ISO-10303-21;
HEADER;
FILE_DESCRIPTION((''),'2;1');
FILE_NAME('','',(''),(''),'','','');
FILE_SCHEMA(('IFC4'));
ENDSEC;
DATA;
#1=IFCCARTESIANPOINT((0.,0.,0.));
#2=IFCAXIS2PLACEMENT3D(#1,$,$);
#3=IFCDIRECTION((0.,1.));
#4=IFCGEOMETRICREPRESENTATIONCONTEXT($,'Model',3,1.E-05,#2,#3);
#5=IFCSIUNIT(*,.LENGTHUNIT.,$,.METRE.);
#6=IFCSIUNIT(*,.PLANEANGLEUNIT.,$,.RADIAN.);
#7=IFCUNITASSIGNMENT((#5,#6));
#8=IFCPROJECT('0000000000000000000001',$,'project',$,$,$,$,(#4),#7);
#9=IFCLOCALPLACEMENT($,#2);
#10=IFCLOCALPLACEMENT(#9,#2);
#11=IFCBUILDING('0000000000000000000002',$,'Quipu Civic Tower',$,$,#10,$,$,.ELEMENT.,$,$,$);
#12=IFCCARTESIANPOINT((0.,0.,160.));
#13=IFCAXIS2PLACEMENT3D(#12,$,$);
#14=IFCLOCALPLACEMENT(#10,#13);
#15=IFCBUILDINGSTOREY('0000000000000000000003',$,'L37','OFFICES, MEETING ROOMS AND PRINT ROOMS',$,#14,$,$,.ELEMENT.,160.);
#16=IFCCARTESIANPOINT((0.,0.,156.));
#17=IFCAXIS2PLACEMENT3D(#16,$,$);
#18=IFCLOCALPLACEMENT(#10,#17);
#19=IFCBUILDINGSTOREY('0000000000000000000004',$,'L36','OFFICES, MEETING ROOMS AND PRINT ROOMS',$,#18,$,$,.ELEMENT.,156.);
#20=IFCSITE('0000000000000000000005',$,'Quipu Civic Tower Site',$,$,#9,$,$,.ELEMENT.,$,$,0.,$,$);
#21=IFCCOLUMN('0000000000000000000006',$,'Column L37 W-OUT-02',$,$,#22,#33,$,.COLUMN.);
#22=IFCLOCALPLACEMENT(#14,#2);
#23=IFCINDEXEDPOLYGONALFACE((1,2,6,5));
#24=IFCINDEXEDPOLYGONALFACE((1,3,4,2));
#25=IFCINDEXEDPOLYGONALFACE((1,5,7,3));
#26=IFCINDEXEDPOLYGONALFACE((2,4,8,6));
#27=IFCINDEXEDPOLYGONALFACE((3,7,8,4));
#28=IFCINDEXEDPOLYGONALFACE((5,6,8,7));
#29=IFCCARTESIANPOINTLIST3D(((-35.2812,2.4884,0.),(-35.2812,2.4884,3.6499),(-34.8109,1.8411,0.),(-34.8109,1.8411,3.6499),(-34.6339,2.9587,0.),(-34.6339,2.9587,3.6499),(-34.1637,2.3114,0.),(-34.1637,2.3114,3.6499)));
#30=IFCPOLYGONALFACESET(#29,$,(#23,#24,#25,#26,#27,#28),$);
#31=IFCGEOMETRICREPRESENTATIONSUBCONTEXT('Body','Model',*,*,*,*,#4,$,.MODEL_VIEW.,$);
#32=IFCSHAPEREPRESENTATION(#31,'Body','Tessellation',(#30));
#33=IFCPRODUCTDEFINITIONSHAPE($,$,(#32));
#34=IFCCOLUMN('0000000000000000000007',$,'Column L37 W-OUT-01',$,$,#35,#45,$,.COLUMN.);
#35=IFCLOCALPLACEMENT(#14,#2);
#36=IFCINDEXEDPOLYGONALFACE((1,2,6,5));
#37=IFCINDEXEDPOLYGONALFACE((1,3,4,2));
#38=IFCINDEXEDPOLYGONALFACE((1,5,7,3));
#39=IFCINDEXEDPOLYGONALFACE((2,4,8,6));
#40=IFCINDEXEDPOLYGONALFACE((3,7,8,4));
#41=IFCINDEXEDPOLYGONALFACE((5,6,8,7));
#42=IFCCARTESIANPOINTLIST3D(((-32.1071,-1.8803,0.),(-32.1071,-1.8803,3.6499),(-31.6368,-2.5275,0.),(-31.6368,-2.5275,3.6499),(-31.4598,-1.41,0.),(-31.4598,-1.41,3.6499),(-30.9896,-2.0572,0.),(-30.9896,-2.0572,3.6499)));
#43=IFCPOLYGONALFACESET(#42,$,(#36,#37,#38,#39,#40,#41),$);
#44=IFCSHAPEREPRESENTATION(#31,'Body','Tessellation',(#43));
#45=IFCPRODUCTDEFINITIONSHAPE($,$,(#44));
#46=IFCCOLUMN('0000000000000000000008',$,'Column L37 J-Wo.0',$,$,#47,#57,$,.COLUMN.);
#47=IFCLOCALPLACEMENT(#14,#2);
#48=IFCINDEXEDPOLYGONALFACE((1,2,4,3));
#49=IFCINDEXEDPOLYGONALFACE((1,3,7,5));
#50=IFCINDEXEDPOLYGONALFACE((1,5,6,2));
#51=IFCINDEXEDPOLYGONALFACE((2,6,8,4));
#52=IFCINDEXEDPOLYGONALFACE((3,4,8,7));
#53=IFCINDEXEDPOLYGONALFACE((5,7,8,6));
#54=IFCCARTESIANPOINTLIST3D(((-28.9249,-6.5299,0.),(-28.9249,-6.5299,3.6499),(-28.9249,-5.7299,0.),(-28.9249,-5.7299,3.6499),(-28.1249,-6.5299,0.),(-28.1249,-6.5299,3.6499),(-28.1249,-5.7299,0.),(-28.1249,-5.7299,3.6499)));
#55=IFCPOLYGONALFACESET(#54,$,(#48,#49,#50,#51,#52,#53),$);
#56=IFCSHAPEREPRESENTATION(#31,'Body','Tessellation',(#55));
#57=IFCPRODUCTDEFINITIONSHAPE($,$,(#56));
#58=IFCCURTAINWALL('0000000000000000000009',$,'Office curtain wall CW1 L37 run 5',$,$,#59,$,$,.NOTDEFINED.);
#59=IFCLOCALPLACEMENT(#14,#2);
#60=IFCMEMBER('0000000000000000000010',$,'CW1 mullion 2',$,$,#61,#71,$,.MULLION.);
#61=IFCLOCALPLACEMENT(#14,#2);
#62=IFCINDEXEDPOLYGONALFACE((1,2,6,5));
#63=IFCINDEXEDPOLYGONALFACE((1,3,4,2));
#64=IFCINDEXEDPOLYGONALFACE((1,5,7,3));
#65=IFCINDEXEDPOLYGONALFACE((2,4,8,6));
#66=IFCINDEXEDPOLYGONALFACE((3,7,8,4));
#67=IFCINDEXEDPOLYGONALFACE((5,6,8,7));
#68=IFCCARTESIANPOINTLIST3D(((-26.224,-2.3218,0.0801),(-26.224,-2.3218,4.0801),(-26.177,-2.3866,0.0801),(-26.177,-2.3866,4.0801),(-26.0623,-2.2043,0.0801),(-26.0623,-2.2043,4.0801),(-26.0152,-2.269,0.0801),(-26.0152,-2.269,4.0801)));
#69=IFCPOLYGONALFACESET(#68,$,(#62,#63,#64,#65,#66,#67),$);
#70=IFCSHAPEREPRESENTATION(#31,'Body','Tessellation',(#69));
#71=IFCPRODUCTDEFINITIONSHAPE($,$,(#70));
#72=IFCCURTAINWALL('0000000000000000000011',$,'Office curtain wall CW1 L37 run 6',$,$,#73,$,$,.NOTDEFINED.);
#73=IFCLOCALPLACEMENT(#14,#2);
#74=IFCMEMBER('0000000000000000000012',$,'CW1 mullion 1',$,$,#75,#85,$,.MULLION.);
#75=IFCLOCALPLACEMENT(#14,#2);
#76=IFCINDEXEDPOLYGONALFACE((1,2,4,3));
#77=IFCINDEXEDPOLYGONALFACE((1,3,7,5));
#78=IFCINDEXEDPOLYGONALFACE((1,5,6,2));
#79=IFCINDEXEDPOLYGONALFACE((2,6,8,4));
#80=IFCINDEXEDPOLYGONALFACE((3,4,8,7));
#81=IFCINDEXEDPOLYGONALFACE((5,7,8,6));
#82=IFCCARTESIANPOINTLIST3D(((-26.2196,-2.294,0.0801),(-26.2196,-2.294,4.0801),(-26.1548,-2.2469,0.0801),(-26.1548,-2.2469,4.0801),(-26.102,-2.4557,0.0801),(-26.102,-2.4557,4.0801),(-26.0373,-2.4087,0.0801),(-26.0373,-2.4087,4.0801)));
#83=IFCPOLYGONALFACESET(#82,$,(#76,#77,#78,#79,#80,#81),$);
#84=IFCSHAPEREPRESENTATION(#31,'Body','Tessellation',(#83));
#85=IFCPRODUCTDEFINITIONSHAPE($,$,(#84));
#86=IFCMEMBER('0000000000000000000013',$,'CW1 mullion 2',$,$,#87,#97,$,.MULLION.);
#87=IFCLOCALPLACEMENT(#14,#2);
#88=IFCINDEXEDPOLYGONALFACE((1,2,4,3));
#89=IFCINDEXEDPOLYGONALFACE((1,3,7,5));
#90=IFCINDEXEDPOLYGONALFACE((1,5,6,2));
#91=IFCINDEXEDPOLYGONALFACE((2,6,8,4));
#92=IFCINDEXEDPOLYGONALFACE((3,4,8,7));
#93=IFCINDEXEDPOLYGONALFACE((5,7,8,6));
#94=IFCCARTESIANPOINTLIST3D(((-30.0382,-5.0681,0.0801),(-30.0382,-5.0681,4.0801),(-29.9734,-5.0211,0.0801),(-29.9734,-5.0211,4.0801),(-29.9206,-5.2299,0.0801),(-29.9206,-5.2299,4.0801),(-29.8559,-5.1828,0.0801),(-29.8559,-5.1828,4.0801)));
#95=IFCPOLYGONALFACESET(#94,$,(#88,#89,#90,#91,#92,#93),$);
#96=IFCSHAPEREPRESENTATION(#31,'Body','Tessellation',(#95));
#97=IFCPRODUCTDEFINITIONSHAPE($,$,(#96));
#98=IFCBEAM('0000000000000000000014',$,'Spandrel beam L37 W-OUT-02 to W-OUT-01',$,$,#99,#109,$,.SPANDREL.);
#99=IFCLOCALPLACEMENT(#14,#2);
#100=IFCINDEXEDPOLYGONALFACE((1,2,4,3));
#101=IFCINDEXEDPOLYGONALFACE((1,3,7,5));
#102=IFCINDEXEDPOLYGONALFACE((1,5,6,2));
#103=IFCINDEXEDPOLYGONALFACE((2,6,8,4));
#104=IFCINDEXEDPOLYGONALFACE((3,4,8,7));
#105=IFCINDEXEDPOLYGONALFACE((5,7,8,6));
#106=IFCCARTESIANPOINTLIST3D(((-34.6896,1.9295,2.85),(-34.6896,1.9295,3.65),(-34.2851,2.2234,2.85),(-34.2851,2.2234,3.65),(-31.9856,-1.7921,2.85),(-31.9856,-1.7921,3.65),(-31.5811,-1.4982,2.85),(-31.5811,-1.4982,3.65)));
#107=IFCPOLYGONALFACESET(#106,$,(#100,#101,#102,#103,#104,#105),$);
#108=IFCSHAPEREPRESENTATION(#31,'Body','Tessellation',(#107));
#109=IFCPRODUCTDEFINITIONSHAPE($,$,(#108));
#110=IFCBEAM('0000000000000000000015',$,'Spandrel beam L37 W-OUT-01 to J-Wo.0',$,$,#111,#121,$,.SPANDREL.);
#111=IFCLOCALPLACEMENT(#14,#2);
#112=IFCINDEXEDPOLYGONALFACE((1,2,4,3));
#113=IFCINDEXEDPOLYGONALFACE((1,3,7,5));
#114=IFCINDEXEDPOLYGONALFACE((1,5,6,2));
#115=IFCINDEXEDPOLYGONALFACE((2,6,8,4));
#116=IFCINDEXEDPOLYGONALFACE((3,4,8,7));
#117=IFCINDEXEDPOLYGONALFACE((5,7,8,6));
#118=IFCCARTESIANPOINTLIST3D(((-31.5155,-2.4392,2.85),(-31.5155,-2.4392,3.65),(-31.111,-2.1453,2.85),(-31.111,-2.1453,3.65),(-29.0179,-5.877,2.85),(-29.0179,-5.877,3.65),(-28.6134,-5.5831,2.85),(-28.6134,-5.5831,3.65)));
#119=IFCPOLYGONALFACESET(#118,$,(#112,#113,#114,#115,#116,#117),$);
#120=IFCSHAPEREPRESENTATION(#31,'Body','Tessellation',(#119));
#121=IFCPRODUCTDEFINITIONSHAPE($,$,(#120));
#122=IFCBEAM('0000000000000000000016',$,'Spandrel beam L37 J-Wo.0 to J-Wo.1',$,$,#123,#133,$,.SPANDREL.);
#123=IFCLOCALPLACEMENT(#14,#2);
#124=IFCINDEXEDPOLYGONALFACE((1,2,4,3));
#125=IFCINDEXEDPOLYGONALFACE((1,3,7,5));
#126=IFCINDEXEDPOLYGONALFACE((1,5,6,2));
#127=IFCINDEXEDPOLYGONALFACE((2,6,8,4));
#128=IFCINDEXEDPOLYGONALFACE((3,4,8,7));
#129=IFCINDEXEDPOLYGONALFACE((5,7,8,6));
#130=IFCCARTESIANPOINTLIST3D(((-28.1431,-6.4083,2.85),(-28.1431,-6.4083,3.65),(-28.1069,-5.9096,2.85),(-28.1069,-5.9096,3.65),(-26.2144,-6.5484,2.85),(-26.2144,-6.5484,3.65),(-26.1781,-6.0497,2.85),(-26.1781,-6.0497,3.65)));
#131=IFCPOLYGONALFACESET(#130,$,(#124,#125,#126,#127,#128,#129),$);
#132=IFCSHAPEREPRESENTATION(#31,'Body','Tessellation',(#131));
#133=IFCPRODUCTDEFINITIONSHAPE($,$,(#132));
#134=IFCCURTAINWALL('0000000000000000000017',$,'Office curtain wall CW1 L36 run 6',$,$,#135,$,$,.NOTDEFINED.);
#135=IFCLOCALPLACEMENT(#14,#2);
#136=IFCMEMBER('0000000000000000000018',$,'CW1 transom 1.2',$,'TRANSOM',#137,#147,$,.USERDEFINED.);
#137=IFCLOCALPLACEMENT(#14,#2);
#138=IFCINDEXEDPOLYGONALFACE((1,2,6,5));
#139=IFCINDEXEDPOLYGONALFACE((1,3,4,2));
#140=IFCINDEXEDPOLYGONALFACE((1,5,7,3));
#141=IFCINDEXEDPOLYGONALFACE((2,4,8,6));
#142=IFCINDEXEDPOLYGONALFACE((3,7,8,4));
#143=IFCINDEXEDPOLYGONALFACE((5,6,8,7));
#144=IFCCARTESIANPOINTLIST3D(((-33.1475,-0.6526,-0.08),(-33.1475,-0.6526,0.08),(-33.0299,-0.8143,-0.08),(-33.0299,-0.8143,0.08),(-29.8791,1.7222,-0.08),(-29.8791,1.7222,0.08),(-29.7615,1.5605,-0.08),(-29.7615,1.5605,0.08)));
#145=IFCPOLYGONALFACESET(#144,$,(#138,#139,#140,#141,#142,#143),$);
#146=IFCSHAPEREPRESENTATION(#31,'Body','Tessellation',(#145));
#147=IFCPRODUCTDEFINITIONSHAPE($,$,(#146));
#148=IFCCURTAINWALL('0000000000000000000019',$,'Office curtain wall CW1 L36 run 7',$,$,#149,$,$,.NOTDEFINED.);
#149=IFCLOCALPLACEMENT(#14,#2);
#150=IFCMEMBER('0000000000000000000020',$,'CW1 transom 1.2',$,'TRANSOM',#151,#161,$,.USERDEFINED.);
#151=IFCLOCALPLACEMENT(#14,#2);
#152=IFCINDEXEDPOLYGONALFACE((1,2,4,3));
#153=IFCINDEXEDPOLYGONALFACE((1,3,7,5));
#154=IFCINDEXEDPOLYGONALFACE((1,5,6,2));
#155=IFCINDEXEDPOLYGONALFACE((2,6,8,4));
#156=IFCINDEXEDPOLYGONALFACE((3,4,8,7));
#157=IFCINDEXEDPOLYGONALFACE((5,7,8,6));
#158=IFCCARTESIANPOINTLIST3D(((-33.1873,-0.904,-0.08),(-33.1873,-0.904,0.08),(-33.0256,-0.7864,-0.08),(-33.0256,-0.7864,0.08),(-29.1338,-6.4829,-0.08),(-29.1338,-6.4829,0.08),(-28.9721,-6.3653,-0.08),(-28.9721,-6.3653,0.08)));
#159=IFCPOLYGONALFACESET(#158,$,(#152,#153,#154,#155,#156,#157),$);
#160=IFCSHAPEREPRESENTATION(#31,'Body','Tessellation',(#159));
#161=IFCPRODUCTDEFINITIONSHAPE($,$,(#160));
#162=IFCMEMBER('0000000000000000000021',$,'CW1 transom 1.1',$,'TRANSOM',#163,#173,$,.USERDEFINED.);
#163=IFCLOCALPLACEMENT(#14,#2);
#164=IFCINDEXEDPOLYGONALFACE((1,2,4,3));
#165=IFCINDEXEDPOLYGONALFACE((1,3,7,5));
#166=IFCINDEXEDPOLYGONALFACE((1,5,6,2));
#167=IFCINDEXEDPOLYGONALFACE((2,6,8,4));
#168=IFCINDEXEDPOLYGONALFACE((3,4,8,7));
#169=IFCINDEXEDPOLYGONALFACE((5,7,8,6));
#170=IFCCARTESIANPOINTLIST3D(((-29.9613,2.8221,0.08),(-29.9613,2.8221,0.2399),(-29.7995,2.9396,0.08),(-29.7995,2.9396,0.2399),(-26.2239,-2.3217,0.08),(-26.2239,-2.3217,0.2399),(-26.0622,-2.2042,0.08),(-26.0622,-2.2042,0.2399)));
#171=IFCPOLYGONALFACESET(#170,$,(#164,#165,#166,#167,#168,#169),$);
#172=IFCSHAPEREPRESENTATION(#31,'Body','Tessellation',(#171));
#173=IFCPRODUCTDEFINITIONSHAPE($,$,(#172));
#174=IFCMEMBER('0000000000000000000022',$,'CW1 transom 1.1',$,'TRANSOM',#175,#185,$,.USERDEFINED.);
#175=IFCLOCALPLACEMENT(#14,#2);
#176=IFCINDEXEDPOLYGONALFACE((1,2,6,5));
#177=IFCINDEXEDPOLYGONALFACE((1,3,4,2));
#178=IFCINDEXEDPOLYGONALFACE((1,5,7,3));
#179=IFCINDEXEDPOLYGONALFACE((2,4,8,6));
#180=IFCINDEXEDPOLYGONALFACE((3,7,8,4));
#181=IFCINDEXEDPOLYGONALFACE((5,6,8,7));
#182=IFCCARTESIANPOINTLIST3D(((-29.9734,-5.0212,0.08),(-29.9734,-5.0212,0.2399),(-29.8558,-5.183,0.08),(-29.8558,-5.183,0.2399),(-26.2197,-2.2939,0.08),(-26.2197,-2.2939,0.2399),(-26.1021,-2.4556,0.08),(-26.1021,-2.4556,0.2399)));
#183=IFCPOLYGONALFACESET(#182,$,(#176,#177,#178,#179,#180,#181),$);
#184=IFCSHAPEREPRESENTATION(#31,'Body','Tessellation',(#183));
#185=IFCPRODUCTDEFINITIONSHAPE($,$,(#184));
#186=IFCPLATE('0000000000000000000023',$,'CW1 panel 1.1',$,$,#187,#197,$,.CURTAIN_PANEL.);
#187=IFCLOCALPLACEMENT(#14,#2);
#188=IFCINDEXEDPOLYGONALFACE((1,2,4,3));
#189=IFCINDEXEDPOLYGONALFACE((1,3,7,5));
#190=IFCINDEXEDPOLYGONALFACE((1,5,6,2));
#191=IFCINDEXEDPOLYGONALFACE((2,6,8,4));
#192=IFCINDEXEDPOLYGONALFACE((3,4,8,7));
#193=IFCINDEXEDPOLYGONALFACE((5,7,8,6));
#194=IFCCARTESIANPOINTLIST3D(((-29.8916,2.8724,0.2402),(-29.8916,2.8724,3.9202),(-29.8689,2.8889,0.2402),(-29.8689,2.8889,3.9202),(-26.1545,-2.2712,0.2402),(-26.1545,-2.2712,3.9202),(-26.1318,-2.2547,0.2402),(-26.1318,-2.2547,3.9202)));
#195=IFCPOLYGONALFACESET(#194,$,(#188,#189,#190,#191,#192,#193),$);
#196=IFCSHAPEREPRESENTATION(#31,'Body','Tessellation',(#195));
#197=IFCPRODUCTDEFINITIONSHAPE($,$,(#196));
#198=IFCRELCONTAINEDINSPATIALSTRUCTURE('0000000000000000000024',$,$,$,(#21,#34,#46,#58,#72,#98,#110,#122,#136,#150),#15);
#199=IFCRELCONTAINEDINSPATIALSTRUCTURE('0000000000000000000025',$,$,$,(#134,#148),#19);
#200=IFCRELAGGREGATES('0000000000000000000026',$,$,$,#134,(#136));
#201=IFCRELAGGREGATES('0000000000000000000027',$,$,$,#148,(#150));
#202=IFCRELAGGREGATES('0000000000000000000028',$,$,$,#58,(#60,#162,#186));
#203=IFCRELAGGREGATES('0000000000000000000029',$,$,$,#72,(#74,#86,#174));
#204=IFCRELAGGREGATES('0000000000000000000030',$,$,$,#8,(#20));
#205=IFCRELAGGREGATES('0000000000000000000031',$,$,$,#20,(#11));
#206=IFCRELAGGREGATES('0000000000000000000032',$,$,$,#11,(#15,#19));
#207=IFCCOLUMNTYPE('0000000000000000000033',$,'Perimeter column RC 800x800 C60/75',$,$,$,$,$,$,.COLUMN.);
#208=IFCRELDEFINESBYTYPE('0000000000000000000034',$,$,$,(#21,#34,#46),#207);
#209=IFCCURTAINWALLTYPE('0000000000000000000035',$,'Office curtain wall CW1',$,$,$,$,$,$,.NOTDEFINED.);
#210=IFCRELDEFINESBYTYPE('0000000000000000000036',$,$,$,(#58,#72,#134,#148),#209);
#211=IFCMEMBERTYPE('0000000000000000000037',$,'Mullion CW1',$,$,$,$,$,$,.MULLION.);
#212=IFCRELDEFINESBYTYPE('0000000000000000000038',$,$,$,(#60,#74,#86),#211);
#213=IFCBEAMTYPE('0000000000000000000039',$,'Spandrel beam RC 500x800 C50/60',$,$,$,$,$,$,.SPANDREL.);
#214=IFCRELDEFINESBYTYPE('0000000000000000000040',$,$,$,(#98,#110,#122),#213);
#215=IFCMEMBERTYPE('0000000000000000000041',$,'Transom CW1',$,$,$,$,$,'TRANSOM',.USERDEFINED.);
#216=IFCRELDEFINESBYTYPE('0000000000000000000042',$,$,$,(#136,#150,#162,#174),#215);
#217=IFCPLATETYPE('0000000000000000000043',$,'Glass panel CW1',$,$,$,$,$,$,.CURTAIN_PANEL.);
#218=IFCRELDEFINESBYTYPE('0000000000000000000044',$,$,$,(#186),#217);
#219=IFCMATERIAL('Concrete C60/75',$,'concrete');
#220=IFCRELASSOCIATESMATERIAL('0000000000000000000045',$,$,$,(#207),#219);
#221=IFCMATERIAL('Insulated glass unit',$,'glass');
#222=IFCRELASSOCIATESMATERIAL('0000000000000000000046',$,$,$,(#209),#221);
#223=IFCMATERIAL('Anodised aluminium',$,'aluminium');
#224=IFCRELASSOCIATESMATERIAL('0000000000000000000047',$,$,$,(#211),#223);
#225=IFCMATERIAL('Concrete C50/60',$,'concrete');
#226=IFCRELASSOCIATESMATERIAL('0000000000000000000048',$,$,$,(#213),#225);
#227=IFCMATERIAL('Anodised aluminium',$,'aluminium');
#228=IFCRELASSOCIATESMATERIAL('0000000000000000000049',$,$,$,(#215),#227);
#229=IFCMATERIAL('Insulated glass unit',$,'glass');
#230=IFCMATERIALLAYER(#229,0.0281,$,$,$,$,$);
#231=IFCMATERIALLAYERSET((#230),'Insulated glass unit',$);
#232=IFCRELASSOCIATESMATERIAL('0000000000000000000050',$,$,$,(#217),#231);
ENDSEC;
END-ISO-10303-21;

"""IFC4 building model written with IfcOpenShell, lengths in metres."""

from ifc_helpers import new_model, si_unit, direction, frame, origin, origin_2d, place, context, subcontext, project, spatial, rectangle, extrude, material, layer, layer_set, material_profile, profile_set, type_object, element, aggregate, save


model = new_model("IFC4")

# Units and contexts
model_context = context("Model", 3, precision=1e-05, world=origin(), true_north=direction((0.0, 1.0)))
body_context = subcontext(model_context, "Body", "Model", "MODEL_VIEW")
ifc_project = project(units=[si_unit("LENGTHUNIT", "METRE"), si_unit("PLANEANGLEUNIT", "RADIAN")], contexts=[model_context])

# Site, building, storey
site_placement = place(None, origin())
site = spatial("IfcSite", under=ifc_project, at=site_placement, Name="Quipu Civic Tower Site", CompositionType="ELEMENT", RefElevation=0.0)
building_placement = place(site_placement, origin())
building = spatial("IfcBuilding", under=site, at=building_placement, Name="Quipu Civic Tower", CompositionType="ELEMENT")
storey_1_placement = place(building_placement, frame((0.0, 0.0, 160.0)))
storey_1 = spatial("IfcBuildingStorey", under=building, at=storey_1_placement, Name="L37", Description="OFFICES, MEETING ROOMS AND PRINT ROOMS", CompositionType="ELEMENT", Elevation=160.0)

# Columns
ifc_material_1 = material(Name="Concrete C60/75", Category="concrete")
ifc_material_profile_1 = material_profile(ifc_material_1, rectangle(XDim=0.8, YDim=0.8, at=origin_2d()), Name="RC800x800")
ifc_profile_set_1 = profile_set([ifc_material_profile_1], Name="Concrete C60/75")
column_type = type_object("IfcColumnType", Name="Perimeter column RC 800x800 C60/75", PredefinedType="COLUMN", material=ifc_profile_set_1)
for number, where, z_axis, x_axis, name in (
    (1, (-34.7224, 2.3999, 0.0), (0.0, 0.0, 1.0), (0.587785, -0.809017, 0.0), "Column L37 W-OUT-02"),
    (2, (-31.5483, -1.9688, 0.0), (0.0, 0.0, 1.0), (0.587785, -0.809017, 0.0), "Column L37 W-OUT-01"),
    (3, (-28.5249, -6.1299, 0.0), (0.0, 0.0, 1.0), (1.0, 0.0, 0.0), "Column L37 J-Wo.0"),
):
    element("IfcColumn", number, at=place(storey_1_placement, frame(where, z_axis=z_axis, x_axis=x_axis)), inside=storey_1, type_object=column_type, Name=name, PredefinedType="COLUMN", context=body_context, shape_type="SweptSolid", body=[
        extrude(rectangle(XDim=0.8, YDim=0.8, at=origin_2d()), origin(), (0.0, 0.0, 1.0), 3.6499),
    ])

# Curtain wall, member
ifc_material_2 = material(Name="Insulated glass unit", Category="glass")
curtain_wall_type = type_object("IfcCurtainWallType", Name="Office curtain wall CW1", PredefinedType="NOTDEFINED", material=ifc_material_2)
curtain_wall_1_placement = place(storey_1_placement, origin())
curtain_wall_1 = element("IfcCurtainWall", 4, at=curtain_wall_1_placement, inside=storey_1, type_object=curtain_wall_type, Name="Office curtain wall CW1 L37 run 5", PredefinedType="NOTDEFINED")
ifc_material_3 = material(Name="Anodised aluminium", Category="aluminium")
ifc_material_profile_2 = material_profile(ifc_material_3, rectangle(XDim=0.2, YDim=0.0801, at=origin_2d()), Name="RECT 200x80")
ifc_profile_set_2 = profile_set([ifc_material_profile_2], Name="Anodised aluminium")
member_type_1 = type_object("IfcMemberType", Name="Mullion CW1", PredefinedType="MULLION", material=ifc_profile_set_2)
member_1_placement = place(storey_1_placement, frame((-26.1196, -2.2954, 0.0801), z_axis=(0.0, 0.0, 1.0), x_axis=(0.809017, 0.587785, 0.0)))
member_1 = element("IfcMember", 5, at=member_1_placement, type_object=member_type_1, Name="CW1 mullion 2", PredefinedType="MULLION", context=body_context, shape_type="SweptSolid", body=[
    extrude(rectangle(XDim=0.2, YDim=0.0801, at=origin_2d()), origin(), (0.0, 0.0, 1.0), 4.0),
])

# Curtain wall, members
curtain_wall_2_placement = place(storey_1_placement, origin())
curtain_wall_2 = element("IfcCurtainWall", 6, at=curtain_wall_2_placement, inside=storey_1, type_object=curtain_wall_type, Name="Office curtain wall CW1 L37 run 6", PredefinedType="NOTDEFINED")
member_2_placement = place(storey_1_placement, frame((-26.1284, -2.3513, 0.0801), z_axis=(0.0, 0.0, 1.0), x_axis=(0.587798, -0.809008, 0.0)))
member_2 = element("IfcMember", 7, at=member_2_placement, type_object=member_type_1, Name="CW1 mullion 1", PredefinedType="MULLION", context=body_context, shape_type="SweptSolid", body=[
    extrude(rectangle(XDim=0.2, YDim=0.0801, at=origin_2d()), origin(), (0.0, 0.0, 1.0), 4.0),
])
member_3_placement = place(storey_1_placement, frame((-29.947, -5.1255, 0.0801), z_axis=(0.0, 0.0, 1.0), x_axis=(0.587798, -0.809008, 0.0)))
member_3 = element("IfcMember", 8, at=member_3_placement, type_object=member_type_1, Name="CW1 mullion 2", PredefinedType="MULLION", context=body_context, shape_type="SweptSolid", body=[
    extrude(rectangle(XDim=0.2, YDim=0.0801, at=origin_2d()), origin(), (0.0, 0.0, 1.0), 4.0),
])

# Beams
ifc_material_4 = material(Name="Concrete C50/60", Category="concrete")
ifc_material_profile_3 = material_profile(ifc_material_4, rectangle(XDim=0.5, YDim=0.8, at=origin_2d()), Name="RC500x800")
ifc_profile_set_3 = profile_set([ifc_material_profile_3], Name="Concrete C50/60")
beam_type = type_object("IfcBeamType", Name="Spandrel beam RC 500x800 C50/60", PredefinedType="SPANDREL", material=ifc_profile_set_3)
beam_1_placement = place(storey_1_placement, frame((-34.4873, 2.0764, 3.25), z_axis=(0.587796, -0.809009, 0.0), x_axis=(0.809009, 0.587796, 0.0)))
element("IfcBeam", 9, at=beam_1_placement, inside=storey_1, type_object=beam_type, Name="Spandrel beam L37 W-OUT-02 to W-OUT-01", PredefinedType="SPANDREL", context=body_context, shape_type="SweptSolid", body=[
    extrude(rectangle(XDim=0.5, YDim=0.8, at=origin_2d()), origin(), (0.0, 0.0, 1.0), 4.6001),
])
beam_2_placement = place(storey_1_placement, frame((-31.3132, -2.2922, 3.25), z_axis=(0.587769, -0.809029, 0.0), x_axis=(0.809029, 0.587769, 0.0)))
element("IfcBeam", 10, at=beam_2_placement, inside=storey_1, type_object=beam_type, Name="Spandrel beam L37 W-OUT-01 to J-Wo.0", PredefinedType="SPANDREL", context=body_context, shape_type="SweptSolid", body=[
    extrude(rectangle(XDim=0.5, YDim=0.8, at=origin_2d()), origin(), (0.0, 0.0, 1.0), 4.2493),
])
beam_3_placement = place(storey_1_placement, frame((-28.125, -6.1589, 3.25), z_axis=(0.997371, -0.072467, 0.0), x_axis=(0.072467, 0.997371, 0.0)))
element("IfcBeam", 11, at=beam_3_placement, inside=storey_1, type_object=beam_type, Name="Spandrel beam L37 J-Wo.0 to J-Wo.1", PredefinedType="SPANDREL", context=body_context, shape_type="SweptSolid", body=[
    extrude(rectangle(XDim=0.5, YDim=0.8, at=origin_2d()), origin(), (0.0, 0.0, 1.0), 1.9338),
])

# Shared definitions
storey_2_placement = place(building_placement, frame((0.0, 0.0, 156.0)))
storey_2 = spatial("IfcBuildingStorey", under=building, at=storey_2_placement, Name="L36", Description="OFFICES, MEETING ROOMS AND PRINT ROOMS", CompositionType="ELEMENT", Elevation=156.0)

# Curtain walls, members
curtain_wall_3_placement = place(storey_2_placement, origin())
curtain_wall_3 = element("IfcCurtainWall", 12, at=curtain_wall_3_placement, inside=storey_2, type_object=curtain_wall_type, Name="Office curtain wall CW1 L36 run 6", PredefinedType="NOTDEFINED")
ifc_material_5 = material(Name="Anodised aluminium", Category="aluminium")
ifc_material_profile_4 = material_profile(ifc_material_5, rectangle(XDim=0.2, YDim=0.1599, at=origin_2d()), Name="RECT 200x160")
ifc_profile_set_4 = profile_set([ifc_material_profile_4], Name="Anodised aluminium")
member_type_2 = type_object("IfcMemberType", Name="Transom CW1", ElementType="TRANSOM", PredefinedType="USERDEFINED", material=ifc_profile_set_4)
member_4_placement = place(storey_1_placement, frame((-29.8203, 1.6414, 0.0), z_axis=(-0.808995, -0.587816, 0.0), x_axis=(0.587816, -0.808995, 0.0)))
member_4 = element("IfcMember", 13, at=member_4_placement, inside=storey_1, type_object=member_type_2, Name="CW1 transom 1.2", ObjectType="TRANSOM", PredefinedType="USERDEFINED", context=body_context, shape_type="SweptSolid", body=[
    extrude(rectangle(XDim=0.2, YDim=0.1599, at=origin_2d()), origin(), (0.0, 0.0, 1.0), 4.04),
])
aggregate(curtain_wall_3, [member_4])
curtain_wall_4_placement = place(storey_2_placement, origin())
curtain_wall_4 = element("IfcCurtainWall", 14, at=curtain_wall_4_placement, inside=storey_2, type_object=curtain_wall_type, Name="Office curtain wall CW1 L36 run 7", PredefinedType="NOTDEFINED")
member_5_placement = place(storey_1_placement, frame((-33.1064, -0.8452, 0.0), z_axis=(0.587803, -0.809004, 0.0), x_axis=(0.809004, 0.587803, 0.0)))
member_5 = element("IfcMember", 15, at=member_5_placement, inside=storey_1, type_object=member_type_2, Name="CW1 transom 1.2", ObjectType="TRANSOM", PredefinedType="USERDEFINED", context=body_context, shape_type="SweptSolid", body=[
    extrude(rectangle(XDim=0.2, YDim=0.1599, at=origin_2d()), origin(), (0.0, 0.0, 1.0), 6.896),
])
aggregate(curtain_wall_4, [member_5])

# Members
member_6_placement = place(storey_1_placement, frame((-29.8804, 2.8809, 0.1599), z_axis=(0.587797, -0.809008, 0.0), x_axis=(0.809008, 0.587797, 0.0)))
member_6 = element("IfcMember", 16, at=member_6_placement, type_object=member_type_2, Name="CW1 transom 1.1", ObjectType="TRANSOM", PredefinedType="USERDEFINED", context=body_context, shape_type="SweptSolid", body=[
    extrude(rectangle(XDim=0.2, YDim=0.1599, at=origin_2d()), origin(), (0.0, 0.0, 1.0), 6.3582),
])
member_7_placement = place(storey_1_placement, frame((-26.1609, -2.3748, 0.1599), z_axis=(-0.809007, -0.587799, 0.0), x_axis=(0.587799, -0.809007, 0.0)))
member_7 = element("IfcMember", 17, at=member_7_placement, type_object=member_type_2, Name="CW1 transom 1.1", ObjectType="TRANSOM", PredefinedType="USERDEFINED", context=body_context, shape_type="SweptSolid", body=[
    extrude(rectangle(XDim=0.2, YDim=0.1599, at=origin_2d()), origin(), (0.0, 0.0, 1.0), 4.6399),
])

# Plate
ifc_material_6 = material(Name="Insulated glass unit", Category="glass")
ifc_layer_1 = layer(ifc_material_6, 0.0281)
ifc_layer_set_1 = layer_set([ifc_layer_1], Name="Insulated glass unit")
plate_type_1 = type_object("IfcPlateType", Name="Glass panel CW1", PredefinedType="CURTAIN_PANEL", material=ifc_layer_set_1)
plate_1_placement = place(storey_1_placement, frame((-28.0117, 0.3088, 0.2402), z_axis=(0.0, 0.0, 1.0), x_axis=(0.587785, -0.809017, 0.0)))
plate_1 = element("IfcPlate", 18, at=plate_1_placement, type_object=plate_type_1, Name="CW1 panel 1.1", PredefinedType="CURTAIN_PANEL", context=body_context, shape_type="SweptSolid", body=[
    extrude(rectangle(XDim=6.3579, YDim=0.0281, at=origin_2d()), origin(), (0.0, 0.0, 1.0), 3.6799),
])
aggregate(curtain_wall_1, [member_1, member_6, plate_1])
aggregate(curtain_wall_2, [member_2, member_3, member_7])

save(model, "model.ifc")
